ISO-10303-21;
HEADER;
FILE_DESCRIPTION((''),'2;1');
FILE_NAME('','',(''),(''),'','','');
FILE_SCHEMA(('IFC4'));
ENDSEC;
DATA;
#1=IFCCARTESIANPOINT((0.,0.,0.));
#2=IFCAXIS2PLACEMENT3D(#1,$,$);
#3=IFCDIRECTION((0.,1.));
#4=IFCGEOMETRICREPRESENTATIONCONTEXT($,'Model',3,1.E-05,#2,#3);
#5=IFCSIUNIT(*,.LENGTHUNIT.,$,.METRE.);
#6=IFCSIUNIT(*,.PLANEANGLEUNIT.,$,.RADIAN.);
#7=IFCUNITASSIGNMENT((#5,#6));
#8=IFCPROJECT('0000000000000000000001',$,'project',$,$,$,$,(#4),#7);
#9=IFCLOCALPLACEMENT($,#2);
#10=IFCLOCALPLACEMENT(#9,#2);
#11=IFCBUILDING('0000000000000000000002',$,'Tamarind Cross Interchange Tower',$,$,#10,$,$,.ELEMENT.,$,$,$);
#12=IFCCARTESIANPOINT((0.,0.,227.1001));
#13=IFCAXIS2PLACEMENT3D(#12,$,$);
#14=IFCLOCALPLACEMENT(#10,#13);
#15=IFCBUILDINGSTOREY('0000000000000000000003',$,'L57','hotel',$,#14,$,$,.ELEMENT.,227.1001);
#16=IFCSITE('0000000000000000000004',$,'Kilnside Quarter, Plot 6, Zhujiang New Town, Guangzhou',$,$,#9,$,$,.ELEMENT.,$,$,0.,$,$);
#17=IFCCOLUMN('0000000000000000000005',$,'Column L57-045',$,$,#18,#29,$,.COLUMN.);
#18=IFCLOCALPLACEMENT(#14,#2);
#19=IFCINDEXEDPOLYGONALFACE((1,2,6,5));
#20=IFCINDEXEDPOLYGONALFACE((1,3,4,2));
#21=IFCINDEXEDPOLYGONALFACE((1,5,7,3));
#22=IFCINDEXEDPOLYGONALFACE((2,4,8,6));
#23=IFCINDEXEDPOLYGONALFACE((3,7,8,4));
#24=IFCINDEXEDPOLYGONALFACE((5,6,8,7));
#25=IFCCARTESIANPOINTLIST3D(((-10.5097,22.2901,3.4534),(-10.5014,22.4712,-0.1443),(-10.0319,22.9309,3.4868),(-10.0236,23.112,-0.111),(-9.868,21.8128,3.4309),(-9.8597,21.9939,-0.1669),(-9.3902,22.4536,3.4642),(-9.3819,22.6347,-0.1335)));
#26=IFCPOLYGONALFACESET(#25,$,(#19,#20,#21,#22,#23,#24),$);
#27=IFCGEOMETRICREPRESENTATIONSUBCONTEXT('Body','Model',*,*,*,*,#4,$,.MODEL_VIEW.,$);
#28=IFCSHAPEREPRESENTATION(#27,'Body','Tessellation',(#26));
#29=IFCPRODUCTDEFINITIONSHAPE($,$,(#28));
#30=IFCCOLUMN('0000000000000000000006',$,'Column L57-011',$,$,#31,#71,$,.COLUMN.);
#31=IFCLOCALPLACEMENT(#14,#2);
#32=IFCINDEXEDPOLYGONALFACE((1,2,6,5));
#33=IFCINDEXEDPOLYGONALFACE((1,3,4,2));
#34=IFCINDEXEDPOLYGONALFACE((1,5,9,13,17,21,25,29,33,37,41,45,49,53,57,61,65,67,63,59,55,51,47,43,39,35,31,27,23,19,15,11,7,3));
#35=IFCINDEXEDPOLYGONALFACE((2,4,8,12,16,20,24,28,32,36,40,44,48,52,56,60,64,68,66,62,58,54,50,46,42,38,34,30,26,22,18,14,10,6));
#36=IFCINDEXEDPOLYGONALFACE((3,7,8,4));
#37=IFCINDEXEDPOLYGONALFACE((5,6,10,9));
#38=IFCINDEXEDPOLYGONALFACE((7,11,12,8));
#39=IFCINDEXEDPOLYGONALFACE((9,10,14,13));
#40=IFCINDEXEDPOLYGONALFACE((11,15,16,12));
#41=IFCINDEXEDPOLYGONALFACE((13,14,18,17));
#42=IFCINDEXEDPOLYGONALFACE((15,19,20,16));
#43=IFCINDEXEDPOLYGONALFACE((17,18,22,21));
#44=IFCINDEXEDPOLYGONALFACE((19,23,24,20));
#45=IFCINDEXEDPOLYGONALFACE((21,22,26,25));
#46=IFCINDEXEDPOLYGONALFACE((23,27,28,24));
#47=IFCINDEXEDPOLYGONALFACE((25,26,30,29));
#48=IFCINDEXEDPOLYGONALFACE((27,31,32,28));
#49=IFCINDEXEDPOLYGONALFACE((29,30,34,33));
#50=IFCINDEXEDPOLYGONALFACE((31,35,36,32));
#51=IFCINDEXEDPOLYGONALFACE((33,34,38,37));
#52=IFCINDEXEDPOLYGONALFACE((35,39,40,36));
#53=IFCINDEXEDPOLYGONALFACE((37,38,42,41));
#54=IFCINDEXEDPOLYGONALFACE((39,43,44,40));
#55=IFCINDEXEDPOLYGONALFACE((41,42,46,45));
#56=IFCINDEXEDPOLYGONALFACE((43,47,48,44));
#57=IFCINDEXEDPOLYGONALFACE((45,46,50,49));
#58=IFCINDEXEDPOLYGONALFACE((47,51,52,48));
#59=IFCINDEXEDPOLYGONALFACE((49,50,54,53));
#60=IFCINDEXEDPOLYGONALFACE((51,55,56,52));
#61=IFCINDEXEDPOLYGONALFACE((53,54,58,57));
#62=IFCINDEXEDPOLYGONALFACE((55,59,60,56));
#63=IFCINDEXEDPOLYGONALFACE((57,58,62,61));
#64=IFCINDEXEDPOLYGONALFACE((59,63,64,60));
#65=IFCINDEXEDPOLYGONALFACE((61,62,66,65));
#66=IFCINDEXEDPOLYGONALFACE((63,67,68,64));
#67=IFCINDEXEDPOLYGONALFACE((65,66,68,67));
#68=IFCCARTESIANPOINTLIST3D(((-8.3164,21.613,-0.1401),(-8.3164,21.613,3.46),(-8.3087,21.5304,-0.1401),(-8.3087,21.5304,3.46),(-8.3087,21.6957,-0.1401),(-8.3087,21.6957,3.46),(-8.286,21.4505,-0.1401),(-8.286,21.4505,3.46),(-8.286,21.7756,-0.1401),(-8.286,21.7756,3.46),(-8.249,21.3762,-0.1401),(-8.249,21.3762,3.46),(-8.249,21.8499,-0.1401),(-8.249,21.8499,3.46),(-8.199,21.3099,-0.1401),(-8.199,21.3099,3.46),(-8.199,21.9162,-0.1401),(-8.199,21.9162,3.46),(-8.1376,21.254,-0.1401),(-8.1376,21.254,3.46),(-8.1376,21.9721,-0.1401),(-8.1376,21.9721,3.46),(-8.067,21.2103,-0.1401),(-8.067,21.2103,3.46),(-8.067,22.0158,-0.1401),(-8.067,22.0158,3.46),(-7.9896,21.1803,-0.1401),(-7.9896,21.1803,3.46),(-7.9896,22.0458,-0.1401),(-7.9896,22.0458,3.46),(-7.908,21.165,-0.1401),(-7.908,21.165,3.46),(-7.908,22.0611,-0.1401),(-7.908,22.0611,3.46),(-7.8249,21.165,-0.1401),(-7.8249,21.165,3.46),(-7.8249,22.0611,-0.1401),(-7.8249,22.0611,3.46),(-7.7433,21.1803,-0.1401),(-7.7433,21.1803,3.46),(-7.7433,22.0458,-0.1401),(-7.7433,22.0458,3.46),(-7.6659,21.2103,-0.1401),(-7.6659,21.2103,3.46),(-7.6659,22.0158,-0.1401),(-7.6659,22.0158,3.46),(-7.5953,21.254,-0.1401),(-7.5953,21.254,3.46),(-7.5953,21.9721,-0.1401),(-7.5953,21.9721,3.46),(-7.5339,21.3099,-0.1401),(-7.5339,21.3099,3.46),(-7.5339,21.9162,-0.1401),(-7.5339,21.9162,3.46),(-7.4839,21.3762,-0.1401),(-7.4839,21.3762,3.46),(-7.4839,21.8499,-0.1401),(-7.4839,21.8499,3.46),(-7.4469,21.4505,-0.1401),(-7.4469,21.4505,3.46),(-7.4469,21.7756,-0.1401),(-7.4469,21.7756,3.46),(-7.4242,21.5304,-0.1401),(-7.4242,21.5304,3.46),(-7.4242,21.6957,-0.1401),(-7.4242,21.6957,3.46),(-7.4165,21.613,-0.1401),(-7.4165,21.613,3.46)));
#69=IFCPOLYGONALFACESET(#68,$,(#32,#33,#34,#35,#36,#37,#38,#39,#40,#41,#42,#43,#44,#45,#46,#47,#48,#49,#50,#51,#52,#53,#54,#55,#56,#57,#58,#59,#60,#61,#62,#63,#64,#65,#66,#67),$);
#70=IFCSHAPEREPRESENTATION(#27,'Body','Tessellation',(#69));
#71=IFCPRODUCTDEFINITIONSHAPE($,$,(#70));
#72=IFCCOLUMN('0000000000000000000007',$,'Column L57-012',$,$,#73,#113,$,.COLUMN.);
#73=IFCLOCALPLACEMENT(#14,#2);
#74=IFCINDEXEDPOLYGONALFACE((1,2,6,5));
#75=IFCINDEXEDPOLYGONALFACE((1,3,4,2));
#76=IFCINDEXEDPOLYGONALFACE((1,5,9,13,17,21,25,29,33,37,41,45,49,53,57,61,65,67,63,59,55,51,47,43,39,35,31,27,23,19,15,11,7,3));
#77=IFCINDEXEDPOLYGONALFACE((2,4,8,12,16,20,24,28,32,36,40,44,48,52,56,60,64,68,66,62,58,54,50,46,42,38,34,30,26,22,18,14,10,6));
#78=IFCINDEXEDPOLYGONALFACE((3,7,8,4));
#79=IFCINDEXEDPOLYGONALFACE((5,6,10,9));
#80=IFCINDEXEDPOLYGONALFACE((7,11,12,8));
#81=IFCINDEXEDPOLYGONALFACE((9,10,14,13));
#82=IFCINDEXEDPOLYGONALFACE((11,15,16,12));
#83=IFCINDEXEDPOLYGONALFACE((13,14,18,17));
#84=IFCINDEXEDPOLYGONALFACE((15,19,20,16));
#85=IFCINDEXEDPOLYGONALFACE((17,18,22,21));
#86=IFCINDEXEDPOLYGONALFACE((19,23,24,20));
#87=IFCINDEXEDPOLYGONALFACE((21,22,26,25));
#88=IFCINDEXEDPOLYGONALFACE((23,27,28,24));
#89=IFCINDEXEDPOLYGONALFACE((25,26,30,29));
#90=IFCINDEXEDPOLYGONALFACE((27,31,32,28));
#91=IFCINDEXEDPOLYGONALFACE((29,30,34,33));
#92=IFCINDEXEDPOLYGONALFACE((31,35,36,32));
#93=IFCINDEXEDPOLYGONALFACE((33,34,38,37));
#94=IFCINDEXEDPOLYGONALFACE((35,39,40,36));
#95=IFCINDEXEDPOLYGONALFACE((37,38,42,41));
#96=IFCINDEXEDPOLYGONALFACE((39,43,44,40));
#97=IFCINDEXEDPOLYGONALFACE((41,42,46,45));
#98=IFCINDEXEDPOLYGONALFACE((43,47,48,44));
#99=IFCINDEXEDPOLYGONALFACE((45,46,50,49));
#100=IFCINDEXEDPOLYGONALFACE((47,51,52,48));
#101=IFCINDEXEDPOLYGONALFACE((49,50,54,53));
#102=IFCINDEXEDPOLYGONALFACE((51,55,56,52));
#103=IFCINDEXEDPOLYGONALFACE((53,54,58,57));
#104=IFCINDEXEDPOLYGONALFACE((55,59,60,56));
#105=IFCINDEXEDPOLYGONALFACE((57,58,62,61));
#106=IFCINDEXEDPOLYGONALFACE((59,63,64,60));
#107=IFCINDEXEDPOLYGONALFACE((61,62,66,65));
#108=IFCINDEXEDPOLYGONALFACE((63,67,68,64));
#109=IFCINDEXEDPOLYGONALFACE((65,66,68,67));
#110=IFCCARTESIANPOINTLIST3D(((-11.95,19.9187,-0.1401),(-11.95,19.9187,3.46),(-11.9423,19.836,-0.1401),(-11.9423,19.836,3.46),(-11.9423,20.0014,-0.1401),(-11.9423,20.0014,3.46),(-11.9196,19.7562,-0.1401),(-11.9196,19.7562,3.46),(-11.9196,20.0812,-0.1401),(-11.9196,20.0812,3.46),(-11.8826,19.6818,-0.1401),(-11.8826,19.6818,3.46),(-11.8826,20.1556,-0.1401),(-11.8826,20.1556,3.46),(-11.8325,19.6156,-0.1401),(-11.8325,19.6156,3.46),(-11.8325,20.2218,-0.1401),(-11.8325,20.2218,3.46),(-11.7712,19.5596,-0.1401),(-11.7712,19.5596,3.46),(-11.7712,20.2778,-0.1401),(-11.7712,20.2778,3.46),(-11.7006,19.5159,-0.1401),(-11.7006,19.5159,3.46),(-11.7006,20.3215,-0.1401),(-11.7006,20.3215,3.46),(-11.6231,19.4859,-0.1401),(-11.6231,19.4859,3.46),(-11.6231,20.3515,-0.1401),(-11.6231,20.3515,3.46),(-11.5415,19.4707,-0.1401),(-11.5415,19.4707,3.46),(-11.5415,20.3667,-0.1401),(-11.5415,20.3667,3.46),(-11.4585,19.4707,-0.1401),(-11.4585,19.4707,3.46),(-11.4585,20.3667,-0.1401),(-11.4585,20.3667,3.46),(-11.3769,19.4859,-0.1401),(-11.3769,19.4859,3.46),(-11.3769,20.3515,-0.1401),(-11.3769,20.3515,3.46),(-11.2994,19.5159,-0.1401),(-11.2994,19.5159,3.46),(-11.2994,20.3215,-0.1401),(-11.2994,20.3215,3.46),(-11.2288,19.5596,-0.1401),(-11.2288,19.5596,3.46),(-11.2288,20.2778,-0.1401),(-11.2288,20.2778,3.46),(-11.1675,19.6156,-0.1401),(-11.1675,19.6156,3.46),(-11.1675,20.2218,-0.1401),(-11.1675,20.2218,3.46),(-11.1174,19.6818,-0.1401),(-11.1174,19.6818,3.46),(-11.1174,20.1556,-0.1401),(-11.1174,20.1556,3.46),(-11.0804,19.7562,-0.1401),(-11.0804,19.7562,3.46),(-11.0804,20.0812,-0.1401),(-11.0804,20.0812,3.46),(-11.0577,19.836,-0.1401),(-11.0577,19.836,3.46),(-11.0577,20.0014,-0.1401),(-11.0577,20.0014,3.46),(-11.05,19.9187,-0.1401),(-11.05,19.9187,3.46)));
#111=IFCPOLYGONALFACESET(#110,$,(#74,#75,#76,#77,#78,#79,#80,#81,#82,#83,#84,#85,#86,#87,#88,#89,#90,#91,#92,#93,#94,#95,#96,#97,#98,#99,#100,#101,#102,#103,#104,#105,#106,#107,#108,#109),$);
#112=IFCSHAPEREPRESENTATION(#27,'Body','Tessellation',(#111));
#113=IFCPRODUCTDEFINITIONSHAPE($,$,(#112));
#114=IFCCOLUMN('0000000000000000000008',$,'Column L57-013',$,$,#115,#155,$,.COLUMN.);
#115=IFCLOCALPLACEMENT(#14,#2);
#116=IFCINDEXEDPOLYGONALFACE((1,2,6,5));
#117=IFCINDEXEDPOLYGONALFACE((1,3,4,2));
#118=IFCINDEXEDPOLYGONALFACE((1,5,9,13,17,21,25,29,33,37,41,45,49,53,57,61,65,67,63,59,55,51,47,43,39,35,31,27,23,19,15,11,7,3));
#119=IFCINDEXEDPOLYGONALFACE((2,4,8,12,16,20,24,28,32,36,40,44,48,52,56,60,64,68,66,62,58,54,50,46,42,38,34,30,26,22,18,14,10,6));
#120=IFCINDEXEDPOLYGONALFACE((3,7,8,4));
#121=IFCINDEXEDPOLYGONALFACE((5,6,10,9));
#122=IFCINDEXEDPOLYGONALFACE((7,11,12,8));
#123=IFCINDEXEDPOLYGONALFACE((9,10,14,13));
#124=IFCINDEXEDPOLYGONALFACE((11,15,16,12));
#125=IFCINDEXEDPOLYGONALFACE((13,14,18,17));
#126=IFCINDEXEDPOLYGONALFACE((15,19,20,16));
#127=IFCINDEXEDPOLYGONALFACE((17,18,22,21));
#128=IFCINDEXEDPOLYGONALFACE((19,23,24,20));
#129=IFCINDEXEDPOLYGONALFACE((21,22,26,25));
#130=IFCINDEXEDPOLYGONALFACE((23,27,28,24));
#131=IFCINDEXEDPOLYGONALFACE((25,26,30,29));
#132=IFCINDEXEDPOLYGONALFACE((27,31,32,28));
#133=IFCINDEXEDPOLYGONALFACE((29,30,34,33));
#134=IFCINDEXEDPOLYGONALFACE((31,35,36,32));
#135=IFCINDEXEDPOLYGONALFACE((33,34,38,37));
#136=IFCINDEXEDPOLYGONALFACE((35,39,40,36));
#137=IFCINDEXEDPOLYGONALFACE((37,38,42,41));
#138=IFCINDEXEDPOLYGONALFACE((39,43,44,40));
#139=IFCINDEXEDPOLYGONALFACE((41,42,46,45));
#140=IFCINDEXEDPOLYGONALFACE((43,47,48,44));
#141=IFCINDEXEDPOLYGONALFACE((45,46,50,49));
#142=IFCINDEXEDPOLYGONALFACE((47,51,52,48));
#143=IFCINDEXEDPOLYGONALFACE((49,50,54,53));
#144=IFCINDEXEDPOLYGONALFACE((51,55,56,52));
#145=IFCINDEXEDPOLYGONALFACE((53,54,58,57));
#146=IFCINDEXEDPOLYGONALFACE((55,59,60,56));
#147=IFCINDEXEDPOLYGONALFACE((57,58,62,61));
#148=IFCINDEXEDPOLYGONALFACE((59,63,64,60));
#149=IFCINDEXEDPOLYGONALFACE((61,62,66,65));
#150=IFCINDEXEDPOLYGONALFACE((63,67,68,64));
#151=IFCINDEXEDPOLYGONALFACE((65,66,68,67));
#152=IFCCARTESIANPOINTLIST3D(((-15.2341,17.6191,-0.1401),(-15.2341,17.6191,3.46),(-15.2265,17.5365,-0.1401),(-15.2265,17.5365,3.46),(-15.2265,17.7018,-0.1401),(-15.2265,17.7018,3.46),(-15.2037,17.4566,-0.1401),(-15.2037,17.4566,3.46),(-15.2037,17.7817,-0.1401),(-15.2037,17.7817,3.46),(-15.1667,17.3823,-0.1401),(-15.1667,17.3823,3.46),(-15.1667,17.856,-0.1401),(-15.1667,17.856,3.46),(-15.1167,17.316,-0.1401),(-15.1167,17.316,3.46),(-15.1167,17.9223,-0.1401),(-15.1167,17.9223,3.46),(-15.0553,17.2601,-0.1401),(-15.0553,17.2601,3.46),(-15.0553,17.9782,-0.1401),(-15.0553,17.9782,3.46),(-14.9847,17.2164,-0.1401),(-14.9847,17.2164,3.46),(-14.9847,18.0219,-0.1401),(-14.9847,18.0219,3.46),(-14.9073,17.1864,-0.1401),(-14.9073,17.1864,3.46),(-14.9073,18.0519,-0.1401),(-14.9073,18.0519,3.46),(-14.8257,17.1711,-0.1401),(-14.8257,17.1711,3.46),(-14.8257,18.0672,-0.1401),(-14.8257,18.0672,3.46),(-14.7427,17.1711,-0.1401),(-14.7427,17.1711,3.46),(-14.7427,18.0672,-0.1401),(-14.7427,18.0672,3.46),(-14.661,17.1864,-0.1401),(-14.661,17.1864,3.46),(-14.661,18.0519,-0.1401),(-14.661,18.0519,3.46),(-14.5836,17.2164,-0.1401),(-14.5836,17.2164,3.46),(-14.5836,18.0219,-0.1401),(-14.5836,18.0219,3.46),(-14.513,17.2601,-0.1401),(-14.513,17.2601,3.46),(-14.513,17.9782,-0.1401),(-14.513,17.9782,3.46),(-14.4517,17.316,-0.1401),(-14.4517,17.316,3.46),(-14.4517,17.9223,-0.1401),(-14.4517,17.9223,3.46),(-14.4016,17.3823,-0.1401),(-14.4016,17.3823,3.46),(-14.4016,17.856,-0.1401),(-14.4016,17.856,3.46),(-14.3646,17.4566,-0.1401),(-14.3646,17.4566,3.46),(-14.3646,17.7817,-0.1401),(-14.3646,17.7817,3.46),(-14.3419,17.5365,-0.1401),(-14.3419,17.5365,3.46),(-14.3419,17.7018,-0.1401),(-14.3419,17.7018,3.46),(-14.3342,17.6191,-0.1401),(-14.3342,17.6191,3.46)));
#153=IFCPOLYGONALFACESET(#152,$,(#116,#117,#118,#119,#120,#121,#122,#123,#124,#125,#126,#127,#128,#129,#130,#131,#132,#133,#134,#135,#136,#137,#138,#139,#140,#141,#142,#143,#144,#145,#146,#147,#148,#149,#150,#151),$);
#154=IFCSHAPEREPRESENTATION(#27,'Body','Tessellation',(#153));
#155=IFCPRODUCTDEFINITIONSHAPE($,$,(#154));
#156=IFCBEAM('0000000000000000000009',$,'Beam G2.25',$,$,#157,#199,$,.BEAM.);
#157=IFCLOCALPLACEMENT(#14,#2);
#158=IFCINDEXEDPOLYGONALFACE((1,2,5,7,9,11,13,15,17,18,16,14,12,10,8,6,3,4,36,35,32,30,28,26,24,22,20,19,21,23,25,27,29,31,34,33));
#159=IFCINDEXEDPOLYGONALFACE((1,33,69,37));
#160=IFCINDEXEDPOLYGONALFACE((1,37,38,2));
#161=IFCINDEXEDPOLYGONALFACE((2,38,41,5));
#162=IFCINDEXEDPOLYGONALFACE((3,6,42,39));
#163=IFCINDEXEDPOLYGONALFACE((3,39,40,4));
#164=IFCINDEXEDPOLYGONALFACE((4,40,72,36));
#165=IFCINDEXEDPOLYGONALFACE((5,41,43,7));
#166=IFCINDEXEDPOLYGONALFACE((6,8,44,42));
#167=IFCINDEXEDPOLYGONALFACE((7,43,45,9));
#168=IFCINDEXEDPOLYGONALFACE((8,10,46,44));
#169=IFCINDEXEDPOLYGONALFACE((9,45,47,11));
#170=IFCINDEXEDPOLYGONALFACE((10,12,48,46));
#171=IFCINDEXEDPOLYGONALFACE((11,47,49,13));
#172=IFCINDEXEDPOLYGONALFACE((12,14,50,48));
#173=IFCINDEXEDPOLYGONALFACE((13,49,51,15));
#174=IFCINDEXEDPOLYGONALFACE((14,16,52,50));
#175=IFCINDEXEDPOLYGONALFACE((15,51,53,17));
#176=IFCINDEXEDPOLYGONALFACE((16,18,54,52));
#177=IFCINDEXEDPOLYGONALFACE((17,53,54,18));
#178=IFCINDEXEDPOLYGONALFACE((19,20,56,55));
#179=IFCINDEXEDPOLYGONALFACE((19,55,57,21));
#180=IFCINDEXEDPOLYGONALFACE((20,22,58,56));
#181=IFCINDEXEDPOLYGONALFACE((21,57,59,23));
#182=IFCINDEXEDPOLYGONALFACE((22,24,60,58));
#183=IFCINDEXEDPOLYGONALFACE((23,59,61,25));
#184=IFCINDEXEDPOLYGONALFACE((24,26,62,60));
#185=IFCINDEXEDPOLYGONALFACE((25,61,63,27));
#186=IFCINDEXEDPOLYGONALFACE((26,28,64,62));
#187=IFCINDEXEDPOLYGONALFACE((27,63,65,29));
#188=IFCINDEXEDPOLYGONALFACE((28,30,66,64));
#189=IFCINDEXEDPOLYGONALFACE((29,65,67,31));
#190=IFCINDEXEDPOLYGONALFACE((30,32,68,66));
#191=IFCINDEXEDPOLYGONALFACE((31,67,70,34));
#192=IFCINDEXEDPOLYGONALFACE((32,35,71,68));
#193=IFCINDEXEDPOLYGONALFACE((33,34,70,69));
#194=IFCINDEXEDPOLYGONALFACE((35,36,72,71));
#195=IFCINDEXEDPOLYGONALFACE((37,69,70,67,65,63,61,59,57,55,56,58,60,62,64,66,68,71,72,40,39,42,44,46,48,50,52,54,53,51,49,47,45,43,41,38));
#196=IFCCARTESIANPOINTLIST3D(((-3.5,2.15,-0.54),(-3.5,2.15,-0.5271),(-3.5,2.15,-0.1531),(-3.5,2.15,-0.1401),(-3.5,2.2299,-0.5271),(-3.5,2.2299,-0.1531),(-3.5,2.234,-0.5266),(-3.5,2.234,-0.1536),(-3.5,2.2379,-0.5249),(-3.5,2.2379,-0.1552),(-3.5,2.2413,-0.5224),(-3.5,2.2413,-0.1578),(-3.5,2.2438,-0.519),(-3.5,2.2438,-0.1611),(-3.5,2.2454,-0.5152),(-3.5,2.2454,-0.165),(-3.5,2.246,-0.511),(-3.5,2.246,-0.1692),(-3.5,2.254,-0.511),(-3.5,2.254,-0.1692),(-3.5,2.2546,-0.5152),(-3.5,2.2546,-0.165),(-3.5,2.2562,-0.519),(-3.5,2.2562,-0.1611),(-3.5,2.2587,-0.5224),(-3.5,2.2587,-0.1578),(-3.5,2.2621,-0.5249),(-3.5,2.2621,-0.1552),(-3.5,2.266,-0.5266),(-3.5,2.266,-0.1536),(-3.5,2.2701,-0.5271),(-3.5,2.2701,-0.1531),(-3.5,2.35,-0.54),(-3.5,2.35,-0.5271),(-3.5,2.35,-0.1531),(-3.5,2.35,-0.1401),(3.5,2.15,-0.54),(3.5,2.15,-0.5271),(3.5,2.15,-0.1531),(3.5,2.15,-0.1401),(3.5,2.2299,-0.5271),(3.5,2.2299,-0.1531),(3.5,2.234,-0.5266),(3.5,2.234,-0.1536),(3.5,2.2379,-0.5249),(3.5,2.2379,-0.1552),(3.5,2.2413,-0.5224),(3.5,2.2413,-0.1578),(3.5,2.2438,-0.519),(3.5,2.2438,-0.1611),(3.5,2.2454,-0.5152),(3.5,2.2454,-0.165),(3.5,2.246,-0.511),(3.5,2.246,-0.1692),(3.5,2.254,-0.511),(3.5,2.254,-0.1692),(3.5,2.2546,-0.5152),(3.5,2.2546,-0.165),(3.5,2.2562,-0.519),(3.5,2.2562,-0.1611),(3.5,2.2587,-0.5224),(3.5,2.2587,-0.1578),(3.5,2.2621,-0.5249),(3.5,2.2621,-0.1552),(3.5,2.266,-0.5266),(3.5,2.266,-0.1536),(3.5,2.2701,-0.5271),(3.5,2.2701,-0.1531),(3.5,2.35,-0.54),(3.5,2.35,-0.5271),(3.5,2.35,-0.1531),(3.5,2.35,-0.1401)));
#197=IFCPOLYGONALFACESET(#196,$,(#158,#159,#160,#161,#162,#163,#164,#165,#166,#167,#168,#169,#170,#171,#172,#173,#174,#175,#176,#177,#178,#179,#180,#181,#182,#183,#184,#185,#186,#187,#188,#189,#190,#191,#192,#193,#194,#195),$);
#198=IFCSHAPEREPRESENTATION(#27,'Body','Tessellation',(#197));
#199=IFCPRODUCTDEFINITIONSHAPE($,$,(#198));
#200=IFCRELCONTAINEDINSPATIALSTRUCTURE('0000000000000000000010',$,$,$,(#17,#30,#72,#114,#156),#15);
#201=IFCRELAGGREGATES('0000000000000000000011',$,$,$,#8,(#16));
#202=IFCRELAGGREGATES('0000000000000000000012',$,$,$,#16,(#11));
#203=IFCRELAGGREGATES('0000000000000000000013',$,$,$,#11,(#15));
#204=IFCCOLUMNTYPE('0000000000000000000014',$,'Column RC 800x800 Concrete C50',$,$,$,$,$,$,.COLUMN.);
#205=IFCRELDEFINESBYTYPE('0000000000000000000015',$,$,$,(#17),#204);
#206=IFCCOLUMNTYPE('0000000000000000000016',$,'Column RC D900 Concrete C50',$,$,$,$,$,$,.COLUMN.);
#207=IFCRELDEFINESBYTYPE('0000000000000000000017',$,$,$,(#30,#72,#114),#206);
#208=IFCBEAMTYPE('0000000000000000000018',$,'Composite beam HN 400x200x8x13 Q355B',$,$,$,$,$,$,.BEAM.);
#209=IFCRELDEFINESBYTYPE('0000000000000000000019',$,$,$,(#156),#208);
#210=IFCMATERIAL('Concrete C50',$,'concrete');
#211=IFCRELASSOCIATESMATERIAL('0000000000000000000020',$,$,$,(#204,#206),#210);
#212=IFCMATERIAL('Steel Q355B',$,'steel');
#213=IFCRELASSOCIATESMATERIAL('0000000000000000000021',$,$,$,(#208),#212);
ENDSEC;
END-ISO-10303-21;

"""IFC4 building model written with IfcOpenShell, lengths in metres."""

from ifc_helpers import new_model, si_unit, direction, frame, origin, origin_2d, place, context, subcontext, project, spatial, rectangle, circle, i_section, extrude, material, material_profile, profile_set, type_object, element, save


model = new_model("IFC4")

# Units and contexts
model_context = context("Model", 3, precision=1e-05, world=origin(), true_north=direction((0.0, 1.0)))
body_context = subcontext(model_context, "Body", "Model", "MODEL_VIEW")
ifc_project = project(units=[si_unit("LENGTHUNIT", "METRE"), si_unit("PLANEANGLEUNIT", "RADIAN")], contexts=[model_context])

# Site, building, storey
site_placement = place(None, origin())
site = spatial("IfcSite", under=ifc_project, at=site_placement, Name="Kilnside Quarter, Plot 6, Zhujiang New Town, Guangzhou", CompositionType="ELEMENT", RefElevation=0.0)
building_placement = place(site_placement, origin())
building = spatial("IfcBuilding", under=site, at=building_placement, Name="Tamarind Cross Interchange Tower", CompositionType="ELEMENT")
storey_placement = place(building_placement, frame((0.0, 0.0, 227.1001)))
storey = spatial("IfcBuildingStorey", under=building, at=storey_placement, Name="L57", Description="hotel", CompositionType="ELEMENT", Elevation=227.1001)

# Columns
ifc_material_1 = material(Name="Concrete C50", Category="concrete")
ifc_material_profile_1 = material_profile(ifc_material_1, rectangle(XDim=0.8, YDim=0.8, at=origin_2d()), Name="RC 800x800")
ifc_profile_set_1 = profile_set([ifc_material_profile_1], Name="Concrete C50")
column_type_1 = type_object("IfcColumnType", Name="Column RC 800x800 Concrete C50", PredefinedType="COLUMN", material=ifc_profile_set_1)
column_placement = place(storey_placement, frame((-9.9417, 22.553, -0.1389), z_axis=(-0.002304, -0.050289, 0.998732), x_axis=(0.597247, 0.800972, 0.041709)))
element("IfcColumn", 1, at=column_placement, inside=storey, type_object=column_type_1, Name="Column L57-045", PredefinedType="COLUMN", context=body_context, shape_type="SweptSolid", body=[
    extrude(rectangle(XDim=0.8, YDim=0.8, at=origin_2d()), origin(), (0.0, 0.0, 1.0), 3.6023),
])
ifc_material_profile_2 = material_profile(ifc_material_1, circle(Radius=0.45, at=origin_2d()), Name="RC D900")
ifc_profile_set_2 = profile_set([ifc_material_profile_2], Name="Concrete C50")
column_type_2 = type_object("IfcColumnType", Name="Column RC D900 Concrete C50", PredefinedType="COLUMN", material=ifc_profile_set_2)
for number, where, z_axis, x_axis, name in (
    (2, (-7.8665, 21.613, -0.1401), (0.0, 0.0, 1.0), (1.0, 0.0, 0.0), "Column L57-011"),
    (3, (-11.5, 19.9187, -0.1401), (0.0, 0.0, 1.0), (1.0, 0.0, 0.0), "Column L57-012"),
    (4, (-14.7842, 17.6191, -0.1401), (0.0, 0.0, 1.0), (1.0, 0.0, 0.0), "Column L57-013"),
):
    element("IfcColumn", number, at=place(storey_placement, frame(where, z_axis=z_axis, x_axis=x_axis)), inside=storey, type_object=column_type_2, Name=name, PredefinedType="COLUMN", context=body_context, shape_type="SweptSolid", body=[
        extrude(circle(Radius=0.45, at=origin_2d()), origin(), (0.0, 0.0, 1.0), 3.6001),
    ])

# Beam
ifc_material_2 = material(Name="Steel Q355B", Category="steel")
ifc_material_profile_3 = material_profile(ifc_material_2, i_section(OverallWidth=0.2, OverallDepth=0.3999, WebThickness=0.0081, FlangeThickness=0.0129, FilletRadius=0.0161, at=origin_2d()), Name="HN 400x200x8x13")
ifc_profile_set_3 = profile_set([ifc_material_profile_3], Name="Steel Q355B")
beam_type_1 = type_object("IfcBeamType", Name="Composite beam HN 400x200x8x13 Q355B", PredefinedType="BEAM", material=ifc_profile_set_3)
for number, where, z_axis, x_axis, name in (
    (5, (-3.5, 2.25, -0.3401), (1.0, 0.0, 0.0), (0.0, 1.0, 0.0), "Beam G2.25"),
):
    element("IfcBeam", number, at=place(storey_placement, frame(where, z_axis=z_axis, x_axis=x_axis)), inside=storey, type_object=beam_type_1, Name=name, PredefinedType="BEAM", context=body_context, shape_type="SweptSolid", body=[
        extrude(i_section(OverallWidth=0.2, OverallDepth=0.3999, WebThickness=0.0081, FlangeThickness=0.0129, FilletRadius=0.0161, at=origin_2d()), origin(), (0.0, 0.0, 1.0), 7.0),
    ])

save(model, "model.ifc")
